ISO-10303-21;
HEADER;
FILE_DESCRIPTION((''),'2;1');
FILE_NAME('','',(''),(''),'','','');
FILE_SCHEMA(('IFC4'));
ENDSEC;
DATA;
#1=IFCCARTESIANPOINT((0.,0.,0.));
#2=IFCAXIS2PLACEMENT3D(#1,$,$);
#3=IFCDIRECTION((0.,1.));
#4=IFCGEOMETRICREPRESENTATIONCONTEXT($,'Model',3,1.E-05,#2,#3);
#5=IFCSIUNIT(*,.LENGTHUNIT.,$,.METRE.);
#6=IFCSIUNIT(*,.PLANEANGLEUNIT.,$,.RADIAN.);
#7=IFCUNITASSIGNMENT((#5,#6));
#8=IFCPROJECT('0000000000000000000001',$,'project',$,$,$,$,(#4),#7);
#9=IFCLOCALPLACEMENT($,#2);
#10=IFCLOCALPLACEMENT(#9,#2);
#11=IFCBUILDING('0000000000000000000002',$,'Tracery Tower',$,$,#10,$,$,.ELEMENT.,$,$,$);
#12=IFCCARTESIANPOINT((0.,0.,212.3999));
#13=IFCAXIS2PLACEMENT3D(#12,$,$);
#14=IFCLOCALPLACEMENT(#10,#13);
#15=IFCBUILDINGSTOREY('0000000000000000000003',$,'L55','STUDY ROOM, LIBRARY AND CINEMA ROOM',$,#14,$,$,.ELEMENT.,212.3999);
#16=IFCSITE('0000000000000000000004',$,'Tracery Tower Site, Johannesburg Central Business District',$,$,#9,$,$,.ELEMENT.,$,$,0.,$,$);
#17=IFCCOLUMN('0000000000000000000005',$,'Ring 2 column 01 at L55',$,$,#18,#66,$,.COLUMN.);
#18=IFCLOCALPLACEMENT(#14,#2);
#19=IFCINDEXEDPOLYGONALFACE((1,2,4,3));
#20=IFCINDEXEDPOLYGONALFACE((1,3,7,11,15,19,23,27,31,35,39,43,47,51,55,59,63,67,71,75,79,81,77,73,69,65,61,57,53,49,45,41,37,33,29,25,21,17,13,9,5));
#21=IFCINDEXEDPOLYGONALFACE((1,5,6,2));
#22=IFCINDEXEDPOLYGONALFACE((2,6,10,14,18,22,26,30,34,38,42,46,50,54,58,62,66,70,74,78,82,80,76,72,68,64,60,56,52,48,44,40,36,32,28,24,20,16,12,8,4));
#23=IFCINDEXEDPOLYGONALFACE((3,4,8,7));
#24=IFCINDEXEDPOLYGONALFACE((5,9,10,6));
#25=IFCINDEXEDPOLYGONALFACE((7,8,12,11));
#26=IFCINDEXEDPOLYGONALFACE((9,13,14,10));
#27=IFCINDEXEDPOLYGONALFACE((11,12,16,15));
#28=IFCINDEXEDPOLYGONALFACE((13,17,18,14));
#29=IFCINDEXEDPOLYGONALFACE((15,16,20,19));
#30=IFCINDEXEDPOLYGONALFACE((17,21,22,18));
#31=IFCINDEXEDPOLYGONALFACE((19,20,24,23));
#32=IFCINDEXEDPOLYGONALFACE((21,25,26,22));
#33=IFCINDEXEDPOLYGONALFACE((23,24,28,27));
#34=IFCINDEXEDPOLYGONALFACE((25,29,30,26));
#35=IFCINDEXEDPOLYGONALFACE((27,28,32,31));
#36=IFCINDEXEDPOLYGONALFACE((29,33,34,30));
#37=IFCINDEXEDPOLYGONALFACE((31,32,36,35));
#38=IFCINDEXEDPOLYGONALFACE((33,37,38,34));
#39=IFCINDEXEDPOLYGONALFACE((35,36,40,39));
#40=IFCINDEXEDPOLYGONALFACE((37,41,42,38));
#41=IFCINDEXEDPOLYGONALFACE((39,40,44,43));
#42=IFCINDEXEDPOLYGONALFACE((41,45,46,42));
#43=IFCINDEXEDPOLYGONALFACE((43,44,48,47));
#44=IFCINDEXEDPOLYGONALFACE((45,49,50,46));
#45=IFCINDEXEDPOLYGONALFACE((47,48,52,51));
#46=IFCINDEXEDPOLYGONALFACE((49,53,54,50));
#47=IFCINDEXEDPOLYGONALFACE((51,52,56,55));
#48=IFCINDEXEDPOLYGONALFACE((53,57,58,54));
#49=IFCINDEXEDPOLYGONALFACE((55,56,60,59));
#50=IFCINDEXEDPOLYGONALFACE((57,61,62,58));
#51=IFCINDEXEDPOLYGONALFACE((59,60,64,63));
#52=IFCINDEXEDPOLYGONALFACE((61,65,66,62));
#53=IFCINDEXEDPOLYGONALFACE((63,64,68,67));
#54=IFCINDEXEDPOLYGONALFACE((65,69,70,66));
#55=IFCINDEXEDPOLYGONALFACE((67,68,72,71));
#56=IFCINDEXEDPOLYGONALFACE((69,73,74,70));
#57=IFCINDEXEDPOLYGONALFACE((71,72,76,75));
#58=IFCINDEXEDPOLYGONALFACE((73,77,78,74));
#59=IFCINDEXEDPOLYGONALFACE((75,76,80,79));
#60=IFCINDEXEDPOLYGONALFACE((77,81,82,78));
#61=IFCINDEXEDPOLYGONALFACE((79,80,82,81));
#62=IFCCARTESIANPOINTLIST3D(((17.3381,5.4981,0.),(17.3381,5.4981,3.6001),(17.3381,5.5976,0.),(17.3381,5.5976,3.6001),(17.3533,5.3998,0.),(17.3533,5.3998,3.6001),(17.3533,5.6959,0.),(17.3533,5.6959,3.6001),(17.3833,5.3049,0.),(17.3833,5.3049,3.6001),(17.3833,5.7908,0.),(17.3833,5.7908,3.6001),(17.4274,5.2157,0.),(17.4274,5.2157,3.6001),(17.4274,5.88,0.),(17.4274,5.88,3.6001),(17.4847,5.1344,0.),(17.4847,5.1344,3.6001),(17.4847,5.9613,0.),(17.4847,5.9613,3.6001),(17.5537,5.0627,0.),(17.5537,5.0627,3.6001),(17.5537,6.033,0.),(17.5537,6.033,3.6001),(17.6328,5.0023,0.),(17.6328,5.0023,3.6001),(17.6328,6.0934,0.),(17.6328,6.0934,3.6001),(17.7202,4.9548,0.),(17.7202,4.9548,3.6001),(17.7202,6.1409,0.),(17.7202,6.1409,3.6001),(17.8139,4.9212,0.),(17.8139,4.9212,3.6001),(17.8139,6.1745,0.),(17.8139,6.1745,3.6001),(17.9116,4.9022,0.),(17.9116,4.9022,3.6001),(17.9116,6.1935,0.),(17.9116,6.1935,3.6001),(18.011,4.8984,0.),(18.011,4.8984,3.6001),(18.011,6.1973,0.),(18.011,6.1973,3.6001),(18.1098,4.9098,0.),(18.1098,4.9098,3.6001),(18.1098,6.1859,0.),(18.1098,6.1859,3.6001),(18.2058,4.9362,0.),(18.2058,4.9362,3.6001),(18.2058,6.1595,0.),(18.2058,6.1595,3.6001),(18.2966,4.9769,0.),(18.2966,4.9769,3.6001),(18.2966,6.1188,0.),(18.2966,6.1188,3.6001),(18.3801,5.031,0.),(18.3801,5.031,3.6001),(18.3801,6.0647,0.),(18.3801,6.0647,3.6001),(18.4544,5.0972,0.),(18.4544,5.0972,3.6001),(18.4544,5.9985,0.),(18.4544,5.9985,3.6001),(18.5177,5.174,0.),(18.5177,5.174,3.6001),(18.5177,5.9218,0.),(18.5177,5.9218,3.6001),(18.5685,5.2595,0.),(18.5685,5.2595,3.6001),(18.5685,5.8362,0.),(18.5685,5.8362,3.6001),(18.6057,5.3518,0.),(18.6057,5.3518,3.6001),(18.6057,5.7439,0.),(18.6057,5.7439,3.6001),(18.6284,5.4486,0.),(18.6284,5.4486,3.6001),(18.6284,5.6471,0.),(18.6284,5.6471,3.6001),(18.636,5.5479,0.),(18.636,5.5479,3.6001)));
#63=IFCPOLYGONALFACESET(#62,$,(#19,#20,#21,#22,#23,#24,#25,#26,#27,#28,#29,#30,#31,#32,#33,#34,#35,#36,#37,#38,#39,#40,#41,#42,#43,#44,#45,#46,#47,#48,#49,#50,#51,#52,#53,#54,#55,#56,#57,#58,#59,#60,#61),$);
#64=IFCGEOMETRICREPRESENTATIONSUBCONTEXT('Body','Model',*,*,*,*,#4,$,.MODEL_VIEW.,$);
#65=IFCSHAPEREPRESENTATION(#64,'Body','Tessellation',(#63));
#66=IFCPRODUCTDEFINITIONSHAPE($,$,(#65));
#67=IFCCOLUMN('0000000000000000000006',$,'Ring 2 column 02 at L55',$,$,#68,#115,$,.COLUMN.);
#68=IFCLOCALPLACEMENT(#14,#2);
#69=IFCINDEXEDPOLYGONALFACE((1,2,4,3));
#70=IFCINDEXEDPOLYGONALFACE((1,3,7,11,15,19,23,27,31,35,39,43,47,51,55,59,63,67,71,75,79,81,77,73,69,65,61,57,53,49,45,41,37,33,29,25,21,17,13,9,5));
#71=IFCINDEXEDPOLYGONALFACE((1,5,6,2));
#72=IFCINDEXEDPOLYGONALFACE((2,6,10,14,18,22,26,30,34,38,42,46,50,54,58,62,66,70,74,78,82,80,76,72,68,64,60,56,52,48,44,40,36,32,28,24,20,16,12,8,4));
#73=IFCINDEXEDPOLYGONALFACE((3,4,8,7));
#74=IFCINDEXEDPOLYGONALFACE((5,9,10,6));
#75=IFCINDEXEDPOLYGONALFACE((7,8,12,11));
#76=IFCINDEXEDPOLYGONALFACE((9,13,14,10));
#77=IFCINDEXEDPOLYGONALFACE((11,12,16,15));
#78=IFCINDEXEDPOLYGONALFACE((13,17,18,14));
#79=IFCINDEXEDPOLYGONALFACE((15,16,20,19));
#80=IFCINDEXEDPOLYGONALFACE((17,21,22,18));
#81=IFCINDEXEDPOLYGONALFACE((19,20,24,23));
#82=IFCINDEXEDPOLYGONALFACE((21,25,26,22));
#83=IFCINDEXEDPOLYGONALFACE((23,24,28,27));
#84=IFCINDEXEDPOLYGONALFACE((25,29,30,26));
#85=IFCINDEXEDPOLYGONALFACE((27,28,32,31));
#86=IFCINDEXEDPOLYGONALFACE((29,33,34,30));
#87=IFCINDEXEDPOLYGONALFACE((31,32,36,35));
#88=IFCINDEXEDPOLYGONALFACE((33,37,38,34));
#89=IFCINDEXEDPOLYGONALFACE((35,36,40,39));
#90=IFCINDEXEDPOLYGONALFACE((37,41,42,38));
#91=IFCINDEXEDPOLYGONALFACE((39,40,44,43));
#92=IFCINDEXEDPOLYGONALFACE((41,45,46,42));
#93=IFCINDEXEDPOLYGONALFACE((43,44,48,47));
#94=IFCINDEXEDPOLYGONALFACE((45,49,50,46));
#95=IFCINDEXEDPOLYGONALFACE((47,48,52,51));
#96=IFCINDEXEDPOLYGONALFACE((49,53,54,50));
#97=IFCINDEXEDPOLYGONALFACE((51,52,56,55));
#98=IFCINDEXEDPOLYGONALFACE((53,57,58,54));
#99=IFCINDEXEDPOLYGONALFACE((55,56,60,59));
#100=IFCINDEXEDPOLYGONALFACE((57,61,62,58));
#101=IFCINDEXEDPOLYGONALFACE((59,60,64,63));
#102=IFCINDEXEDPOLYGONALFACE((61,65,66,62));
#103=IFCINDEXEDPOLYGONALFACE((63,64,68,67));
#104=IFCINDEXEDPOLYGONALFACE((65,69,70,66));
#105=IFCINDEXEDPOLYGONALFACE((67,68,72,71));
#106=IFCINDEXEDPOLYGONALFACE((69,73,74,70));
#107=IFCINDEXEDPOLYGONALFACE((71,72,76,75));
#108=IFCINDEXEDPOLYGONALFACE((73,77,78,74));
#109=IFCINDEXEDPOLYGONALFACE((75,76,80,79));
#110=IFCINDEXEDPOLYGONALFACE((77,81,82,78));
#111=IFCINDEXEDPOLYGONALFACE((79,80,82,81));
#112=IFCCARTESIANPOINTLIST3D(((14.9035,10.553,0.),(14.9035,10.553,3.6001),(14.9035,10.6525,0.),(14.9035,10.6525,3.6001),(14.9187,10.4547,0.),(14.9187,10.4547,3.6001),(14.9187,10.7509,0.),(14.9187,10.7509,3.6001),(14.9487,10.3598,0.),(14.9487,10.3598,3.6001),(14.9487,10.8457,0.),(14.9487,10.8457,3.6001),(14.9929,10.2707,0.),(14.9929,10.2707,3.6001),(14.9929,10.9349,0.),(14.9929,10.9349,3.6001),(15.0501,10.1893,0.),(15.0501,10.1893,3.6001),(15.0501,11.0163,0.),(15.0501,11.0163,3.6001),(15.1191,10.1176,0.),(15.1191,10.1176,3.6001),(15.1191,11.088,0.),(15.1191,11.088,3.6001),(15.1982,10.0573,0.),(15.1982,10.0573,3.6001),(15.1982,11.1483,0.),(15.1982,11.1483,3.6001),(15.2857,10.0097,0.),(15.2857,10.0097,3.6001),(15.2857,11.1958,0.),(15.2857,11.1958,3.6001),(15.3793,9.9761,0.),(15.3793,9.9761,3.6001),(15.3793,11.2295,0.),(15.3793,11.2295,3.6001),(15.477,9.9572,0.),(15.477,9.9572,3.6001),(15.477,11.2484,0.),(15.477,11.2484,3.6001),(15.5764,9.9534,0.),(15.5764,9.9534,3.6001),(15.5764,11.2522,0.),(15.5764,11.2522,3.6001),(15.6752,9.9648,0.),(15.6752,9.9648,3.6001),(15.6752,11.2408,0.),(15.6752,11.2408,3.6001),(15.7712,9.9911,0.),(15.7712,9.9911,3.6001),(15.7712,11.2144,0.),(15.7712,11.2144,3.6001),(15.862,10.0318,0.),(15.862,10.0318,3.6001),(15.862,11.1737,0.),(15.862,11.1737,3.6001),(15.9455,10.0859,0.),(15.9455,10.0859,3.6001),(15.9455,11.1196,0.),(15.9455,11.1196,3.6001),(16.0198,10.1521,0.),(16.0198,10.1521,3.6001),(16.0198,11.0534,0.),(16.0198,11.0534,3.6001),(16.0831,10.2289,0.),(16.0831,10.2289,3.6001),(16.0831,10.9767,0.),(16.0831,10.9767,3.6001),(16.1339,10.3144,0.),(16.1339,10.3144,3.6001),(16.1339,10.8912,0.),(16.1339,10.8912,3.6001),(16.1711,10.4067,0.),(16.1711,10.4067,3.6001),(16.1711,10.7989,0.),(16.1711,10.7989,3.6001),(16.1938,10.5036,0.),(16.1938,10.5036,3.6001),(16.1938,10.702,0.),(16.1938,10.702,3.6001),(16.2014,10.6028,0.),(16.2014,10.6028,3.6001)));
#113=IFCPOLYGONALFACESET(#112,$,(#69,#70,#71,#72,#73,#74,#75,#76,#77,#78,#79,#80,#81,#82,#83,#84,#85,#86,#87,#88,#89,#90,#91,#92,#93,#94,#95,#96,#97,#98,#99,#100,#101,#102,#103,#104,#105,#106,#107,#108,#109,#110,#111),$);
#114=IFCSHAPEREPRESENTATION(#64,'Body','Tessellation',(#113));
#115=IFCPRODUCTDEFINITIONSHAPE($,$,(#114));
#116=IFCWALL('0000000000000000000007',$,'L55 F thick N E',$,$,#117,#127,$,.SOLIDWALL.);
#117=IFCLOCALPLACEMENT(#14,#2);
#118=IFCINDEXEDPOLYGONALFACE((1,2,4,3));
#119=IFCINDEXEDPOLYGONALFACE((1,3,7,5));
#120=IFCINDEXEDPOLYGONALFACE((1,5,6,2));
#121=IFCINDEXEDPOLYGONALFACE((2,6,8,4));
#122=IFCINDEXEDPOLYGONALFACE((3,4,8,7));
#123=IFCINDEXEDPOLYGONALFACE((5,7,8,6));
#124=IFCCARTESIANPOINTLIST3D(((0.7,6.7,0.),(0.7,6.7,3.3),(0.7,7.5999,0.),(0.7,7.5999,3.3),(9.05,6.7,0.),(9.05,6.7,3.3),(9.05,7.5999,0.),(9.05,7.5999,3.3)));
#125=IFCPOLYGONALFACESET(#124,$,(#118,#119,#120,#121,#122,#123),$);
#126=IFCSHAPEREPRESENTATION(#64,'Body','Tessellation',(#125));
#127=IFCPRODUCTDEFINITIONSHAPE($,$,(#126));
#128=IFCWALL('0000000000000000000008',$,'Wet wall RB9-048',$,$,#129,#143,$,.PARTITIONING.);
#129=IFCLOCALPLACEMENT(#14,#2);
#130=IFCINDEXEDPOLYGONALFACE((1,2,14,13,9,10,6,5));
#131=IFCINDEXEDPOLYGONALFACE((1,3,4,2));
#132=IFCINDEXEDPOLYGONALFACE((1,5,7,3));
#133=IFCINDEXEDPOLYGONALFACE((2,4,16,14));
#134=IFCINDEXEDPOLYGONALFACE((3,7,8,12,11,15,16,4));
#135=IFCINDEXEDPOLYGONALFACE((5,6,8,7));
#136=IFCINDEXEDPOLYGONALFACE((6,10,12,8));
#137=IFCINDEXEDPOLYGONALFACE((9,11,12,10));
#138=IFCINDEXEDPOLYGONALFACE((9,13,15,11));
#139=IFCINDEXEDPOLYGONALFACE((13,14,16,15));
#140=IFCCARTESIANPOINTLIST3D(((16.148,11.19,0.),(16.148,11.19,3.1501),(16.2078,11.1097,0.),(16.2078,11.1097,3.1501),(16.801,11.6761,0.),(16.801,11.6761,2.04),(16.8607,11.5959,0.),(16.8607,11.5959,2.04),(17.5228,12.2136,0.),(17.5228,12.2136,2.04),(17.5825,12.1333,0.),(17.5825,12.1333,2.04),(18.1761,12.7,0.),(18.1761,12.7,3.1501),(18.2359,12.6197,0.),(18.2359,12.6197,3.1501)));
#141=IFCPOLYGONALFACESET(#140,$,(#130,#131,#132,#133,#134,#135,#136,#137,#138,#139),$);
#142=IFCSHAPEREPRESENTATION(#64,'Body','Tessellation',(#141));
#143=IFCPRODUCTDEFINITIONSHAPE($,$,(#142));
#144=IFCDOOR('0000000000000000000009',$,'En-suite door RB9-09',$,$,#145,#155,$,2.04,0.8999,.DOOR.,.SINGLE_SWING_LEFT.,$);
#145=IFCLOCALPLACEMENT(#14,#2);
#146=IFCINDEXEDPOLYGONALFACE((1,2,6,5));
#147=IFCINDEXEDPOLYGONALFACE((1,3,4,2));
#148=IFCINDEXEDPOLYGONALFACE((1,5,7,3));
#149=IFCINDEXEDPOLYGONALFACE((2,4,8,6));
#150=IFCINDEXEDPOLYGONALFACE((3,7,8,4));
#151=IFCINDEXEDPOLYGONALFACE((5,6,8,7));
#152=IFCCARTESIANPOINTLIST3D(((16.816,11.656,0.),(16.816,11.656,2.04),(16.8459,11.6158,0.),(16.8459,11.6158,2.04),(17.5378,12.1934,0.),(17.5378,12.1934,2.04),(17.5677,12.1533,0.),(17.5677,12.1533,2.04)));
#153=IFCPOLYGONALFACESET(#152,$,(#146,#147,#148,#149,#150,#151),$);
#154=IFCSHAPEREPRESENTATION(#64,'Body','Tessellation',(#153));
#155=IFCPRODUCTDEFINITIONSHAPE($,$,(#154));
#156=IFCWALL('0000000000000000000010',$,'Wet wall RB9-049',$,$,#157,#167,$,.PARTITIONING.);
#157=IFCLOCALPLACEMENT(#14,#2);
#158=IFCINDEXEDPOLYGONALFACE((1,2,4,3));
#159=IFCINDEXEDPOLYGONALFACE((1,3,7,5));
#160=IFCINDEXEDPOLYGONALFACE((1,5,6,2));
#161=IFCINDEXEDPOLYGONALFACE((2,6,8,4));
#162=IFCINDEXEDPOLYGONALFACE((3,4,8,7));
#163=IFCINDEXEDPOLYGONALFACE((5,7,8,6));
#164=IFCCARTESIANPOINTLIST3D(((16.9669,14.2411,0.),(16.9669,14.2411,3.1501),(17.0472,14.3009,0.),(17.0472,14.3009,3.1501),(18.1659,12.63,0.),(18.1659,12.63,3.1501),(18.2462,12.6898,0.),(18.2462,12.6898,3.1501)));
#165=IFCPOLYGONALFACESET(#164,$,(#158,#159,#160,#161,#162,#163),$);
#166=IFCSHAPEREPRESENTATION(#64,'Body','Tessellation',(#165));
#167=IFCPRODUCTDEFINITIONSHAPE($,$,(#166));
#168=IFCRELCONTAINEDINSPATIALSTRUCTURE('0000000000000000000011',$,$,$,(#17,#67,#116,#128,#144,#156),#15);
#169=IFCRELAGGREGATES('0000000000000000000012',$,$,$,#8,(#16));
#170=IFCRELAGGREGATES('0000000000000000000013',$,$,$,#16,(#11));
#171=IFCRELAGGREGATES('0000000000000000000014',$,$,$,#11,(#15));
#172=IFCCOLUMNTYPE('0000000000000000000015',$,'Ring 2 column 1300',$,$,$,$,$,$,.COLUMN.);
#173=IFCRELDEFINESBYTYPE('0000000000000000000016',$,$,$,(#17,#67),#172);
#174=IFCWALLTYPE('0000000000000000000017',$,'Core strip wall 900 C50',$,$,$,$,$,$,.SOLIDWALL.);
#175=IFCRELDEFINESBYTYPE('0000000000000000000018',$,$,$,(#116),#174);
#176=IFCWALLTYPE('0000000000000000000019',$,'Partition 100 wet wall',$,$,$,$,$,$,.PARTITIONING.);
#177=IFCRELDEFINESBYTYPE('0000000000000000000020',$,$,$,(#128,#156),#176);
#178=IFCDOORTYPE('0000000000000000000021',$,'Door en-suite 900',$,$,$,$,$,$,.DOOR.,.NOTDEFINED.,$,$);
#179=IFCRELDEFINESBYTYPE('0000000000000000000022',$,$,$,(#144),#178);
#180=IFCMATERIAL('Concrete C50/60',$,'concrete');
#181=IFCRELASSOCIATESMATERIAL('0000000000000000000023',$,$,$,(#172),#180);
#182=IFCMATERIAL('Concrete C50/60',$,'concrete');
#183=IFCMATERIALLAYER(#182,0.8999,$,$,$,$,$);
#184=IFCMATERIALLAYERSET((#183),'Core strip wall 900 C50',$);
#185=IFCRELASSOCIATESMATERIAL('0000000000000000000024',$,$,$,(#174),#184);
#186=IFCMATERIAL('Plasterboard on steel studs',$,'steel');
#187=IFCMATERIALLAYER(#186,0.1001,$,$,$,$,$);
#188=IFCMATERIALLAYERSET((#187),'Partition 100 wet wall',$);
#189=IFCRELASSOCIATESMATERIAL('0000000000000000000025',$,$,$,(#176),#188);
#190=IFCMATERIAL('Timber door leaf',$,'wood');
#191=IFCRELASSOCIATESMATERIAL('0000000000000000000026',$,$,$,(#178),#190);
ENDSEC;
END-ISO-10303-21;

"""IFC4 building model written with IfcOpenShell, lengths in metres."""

from ifc_helpers import new_model, si_unit, direction, frame, frame_2d, origin, origin_2d, place, context, subcontext, project, spatial, rectangle, circle, extrude, material, layer, layer_set, material_profile, profile_set, type_object, element, fill, save


model = new_model("IFC4")

# Units and contexts
model_context = context("Model", 3, precision=1e-05, world=origin(), true_north=direction((0.0, 1.0)))
body_context = subcontext(model_context, "Body", "Model", "MODEL_VIEW")
ifc_project = project(units=[si_unit("LENGTHUNIT", "METRE"), si_unit("PLANEANGLEUNIT", "RADIAN")], contexts=[model_context])

# Site, building, storey
site_placement = place(None, origin())
site = spatial("IfcSite", under=ifc_project, at=site_placement, Name="Tracery Tower Site, Johannesburg Central Business District", CompositionType="ELEMENT", RefElevation=0.0)
building_placement = place(site_placement, origin())
building = spatial("IfcBuilding", under=site, at=building_placement, Name="Tracery Tower", CompositionType="ELEMENT")
storey_placement = place(building_placement, frame((0.0, 0.0, 212.3999)))
storey = spatial("IfcBuildingStorey", under=building, at=storey_placement, Name="L55", Description="STUDY ROOM, LIBRARY AND CINEMA ROOM", CompositionType="ELEMENT", Elevation=212.3999)

# Columns
ifc_material_1 = material(Name="Concrete C50/60", Category="concrete")
ifc_material_profile = material_profile(ifc_material_1, circle(Radius=0.6499, at=origin_2d()), Name="RC D1300")
ifc_profile_set = profile_set([ifc_material_profile], Name="Concrete C50/60")
column_type = type_object("IfcColumnType", Name="Ring 2 column 1300", PredefinedType="COLUMN", material=ifc_profile_set)
for number, where, z_axis, x_axis, name in (
    (1, (17.9861, 5.5479, 0.0), (0.0, 0.0, 1.0), (1.0, 0.0, 0.0), "Ring 2 column 01 at L55"),
    (2, (15.5515, 10.6028, 0.0), (0.0, 0.0, 1.0), (1.0, 0.0, 0.0), "Ring 2 column 02 at L55"),
):
    element("IfcColumn", number, at=place(storey_placement, frame(where, z_axis=z_axis, x_axis=x_axis)), inside=storey, type_object=column_type, Name=name, PredefinedType="COLUMN", context=body_context, shape_type="SweptSolid", body=[
        extrude(circle(Radius=0.6499, at=origin_2d()), origin(), (0.0, 0.0, 1.0), 3.6001),
    ])

# Wall
ifc_material_2 = material(Name="Concrete C50/60", Category="concrete")
ifc_layer_1 = layer(ifc_material_2, 0.8999)
ifc_layer_set_1 = layer_set([ifc_layer_1], Name="Core strip wall 900 C50")
wall_type_1 = type_object("IfcWallType", Name="Core strip wall 900 C50", PredefinedType="SOLIDWALL", material=ifc_layer_set_1)
wall_1_placement = place(storey_placement, frame((0.7, 7.1499, 0.0), z_axis=(0.0, 0.0, 1.0), x_axis=(1.0, 0.0, 0.0)))
element("IfcWall", 3, at=wall_1_placement, inside=storey, type_object=wall_type_1, Name="L55 F thick N E", PredefinedType="SOLIDWALL", context=body_context, shape_type="SweptSolid", body=[
    extrude(rectangle(XDim=8.3501, YDim=0.8999, at=frame_2d((4.175, 0.0))), origin(), (0.0, 0.0, 1.0), 3.3),
])

# Wall, opening, door
ifc_material_3 = material(Name="Plasterboard on steel studs", Category="steel")
ifc_layer_2 = layer(ifc_material_3, 0.1001)
ifc_layer_set_2 = layer_set([ifc_layer_2], Name="Partition 100 wet wall")
wall_type_2 = type_object("IfcWallType", Name="Partition 100 wet wall", PredefinedType="PARTITIONING", material=ifc_layer_set_2)
wall_2_placement = place(storey_placement, frame((16.178, 11.1499, 0.0), z_axis=(0.0, 0.0, 1.0), x_axis=(0.802092, 0.5972, 0.0)))
wall_2 = element("IfcWall", 4, at=wall_2_placement, inside=storey, type_object=wall_type_2, Name="Wet wall RB9-048", PredefinedType="PARTITIONING", context=body_context, shape_type="SweptSolid", body=[
    extrude(rectangle(XDim=2.5286, YDim=0.1001, at=frame_2d((1.2642, 0.0))), origin(), (0.0, 0.0, 1.0), 3.1501),
])
opening_1_placement = place(wall_2_placement, frame((0.814, 0.0, 0.0)))
opening_1 = element("IfcOpeningElement", 5, at=opening_1_placement, cuts=wall_2, PredefinedType="OPENING", context=body_context, shape_type="SweptSolid", body=[
    extrude(rectangle(XDim=0.8999, YDim=2.04, at=frame_2d((0.45, 1.02))), frame((0.0, 0.05, 0.0), z_axis=(0.0, -1.0, 0.0), x_axis=(1.0, 0.0, 0.0)), (0.0, 0.0, 1.0), 0.1001),
])
ifc_material_4 = material(Name="Timber door leaf", Category="wood")
door_type_1 = type_object("IfcDoorType", Name="Door en-suite 900", OperationType="NOTDEFINED", PredefinedType="DOOR", material=ifc_material_4)
door_1_placement = place(opening_1_placement, origin())
door_1 = element("IfcDoor", 6, at=door_1_placement, inside=storey, type_object=door_type_1, Name="En-suite door RB9-09", OperationType="SINGLE_SWING_LEFT", OverallHeight=2.04, OverallWidth=0.8999, PredefinedType="DOOR", context=body_context, shape_type="SweptSolid", body=[
    extrude(rectangle(XDim=0.8999, YDim=2.04, at=frame_2d((0.45, 1.02))), frame((0.0, 0.0249, 0.0), z_axis=(0.0, -1.0, 0.0), x_axis=(1.0, 0.0, 0.0)), (0.0, 0.0, 1.0), 0.05),
])
fill(opening_1, door_1)

# Wall
wall_3_placement = place(storey_placement, frame((17.0071, 14.271, 0.0), z_axis=(0.0, 0.0, 1.0), x_axis=(0.59702, -0.802226, 0.0)))
element("IfcWall", 7, at=wall_3_placement, inside=storey, type_object=wall_type_2, Name="Wet wall RB9-049", PredefinedType="PARTITIONING", context=body_context, shape_type="SweptSolid", body=[
    extrude(rectangle(XDim=2.0083, YDim=0.1001, at=frame_2d((1.0042, 0.0))), origin(), (0.0, 0.0, 1.0), 3.1501),
])

save(model, "model.ifc")
